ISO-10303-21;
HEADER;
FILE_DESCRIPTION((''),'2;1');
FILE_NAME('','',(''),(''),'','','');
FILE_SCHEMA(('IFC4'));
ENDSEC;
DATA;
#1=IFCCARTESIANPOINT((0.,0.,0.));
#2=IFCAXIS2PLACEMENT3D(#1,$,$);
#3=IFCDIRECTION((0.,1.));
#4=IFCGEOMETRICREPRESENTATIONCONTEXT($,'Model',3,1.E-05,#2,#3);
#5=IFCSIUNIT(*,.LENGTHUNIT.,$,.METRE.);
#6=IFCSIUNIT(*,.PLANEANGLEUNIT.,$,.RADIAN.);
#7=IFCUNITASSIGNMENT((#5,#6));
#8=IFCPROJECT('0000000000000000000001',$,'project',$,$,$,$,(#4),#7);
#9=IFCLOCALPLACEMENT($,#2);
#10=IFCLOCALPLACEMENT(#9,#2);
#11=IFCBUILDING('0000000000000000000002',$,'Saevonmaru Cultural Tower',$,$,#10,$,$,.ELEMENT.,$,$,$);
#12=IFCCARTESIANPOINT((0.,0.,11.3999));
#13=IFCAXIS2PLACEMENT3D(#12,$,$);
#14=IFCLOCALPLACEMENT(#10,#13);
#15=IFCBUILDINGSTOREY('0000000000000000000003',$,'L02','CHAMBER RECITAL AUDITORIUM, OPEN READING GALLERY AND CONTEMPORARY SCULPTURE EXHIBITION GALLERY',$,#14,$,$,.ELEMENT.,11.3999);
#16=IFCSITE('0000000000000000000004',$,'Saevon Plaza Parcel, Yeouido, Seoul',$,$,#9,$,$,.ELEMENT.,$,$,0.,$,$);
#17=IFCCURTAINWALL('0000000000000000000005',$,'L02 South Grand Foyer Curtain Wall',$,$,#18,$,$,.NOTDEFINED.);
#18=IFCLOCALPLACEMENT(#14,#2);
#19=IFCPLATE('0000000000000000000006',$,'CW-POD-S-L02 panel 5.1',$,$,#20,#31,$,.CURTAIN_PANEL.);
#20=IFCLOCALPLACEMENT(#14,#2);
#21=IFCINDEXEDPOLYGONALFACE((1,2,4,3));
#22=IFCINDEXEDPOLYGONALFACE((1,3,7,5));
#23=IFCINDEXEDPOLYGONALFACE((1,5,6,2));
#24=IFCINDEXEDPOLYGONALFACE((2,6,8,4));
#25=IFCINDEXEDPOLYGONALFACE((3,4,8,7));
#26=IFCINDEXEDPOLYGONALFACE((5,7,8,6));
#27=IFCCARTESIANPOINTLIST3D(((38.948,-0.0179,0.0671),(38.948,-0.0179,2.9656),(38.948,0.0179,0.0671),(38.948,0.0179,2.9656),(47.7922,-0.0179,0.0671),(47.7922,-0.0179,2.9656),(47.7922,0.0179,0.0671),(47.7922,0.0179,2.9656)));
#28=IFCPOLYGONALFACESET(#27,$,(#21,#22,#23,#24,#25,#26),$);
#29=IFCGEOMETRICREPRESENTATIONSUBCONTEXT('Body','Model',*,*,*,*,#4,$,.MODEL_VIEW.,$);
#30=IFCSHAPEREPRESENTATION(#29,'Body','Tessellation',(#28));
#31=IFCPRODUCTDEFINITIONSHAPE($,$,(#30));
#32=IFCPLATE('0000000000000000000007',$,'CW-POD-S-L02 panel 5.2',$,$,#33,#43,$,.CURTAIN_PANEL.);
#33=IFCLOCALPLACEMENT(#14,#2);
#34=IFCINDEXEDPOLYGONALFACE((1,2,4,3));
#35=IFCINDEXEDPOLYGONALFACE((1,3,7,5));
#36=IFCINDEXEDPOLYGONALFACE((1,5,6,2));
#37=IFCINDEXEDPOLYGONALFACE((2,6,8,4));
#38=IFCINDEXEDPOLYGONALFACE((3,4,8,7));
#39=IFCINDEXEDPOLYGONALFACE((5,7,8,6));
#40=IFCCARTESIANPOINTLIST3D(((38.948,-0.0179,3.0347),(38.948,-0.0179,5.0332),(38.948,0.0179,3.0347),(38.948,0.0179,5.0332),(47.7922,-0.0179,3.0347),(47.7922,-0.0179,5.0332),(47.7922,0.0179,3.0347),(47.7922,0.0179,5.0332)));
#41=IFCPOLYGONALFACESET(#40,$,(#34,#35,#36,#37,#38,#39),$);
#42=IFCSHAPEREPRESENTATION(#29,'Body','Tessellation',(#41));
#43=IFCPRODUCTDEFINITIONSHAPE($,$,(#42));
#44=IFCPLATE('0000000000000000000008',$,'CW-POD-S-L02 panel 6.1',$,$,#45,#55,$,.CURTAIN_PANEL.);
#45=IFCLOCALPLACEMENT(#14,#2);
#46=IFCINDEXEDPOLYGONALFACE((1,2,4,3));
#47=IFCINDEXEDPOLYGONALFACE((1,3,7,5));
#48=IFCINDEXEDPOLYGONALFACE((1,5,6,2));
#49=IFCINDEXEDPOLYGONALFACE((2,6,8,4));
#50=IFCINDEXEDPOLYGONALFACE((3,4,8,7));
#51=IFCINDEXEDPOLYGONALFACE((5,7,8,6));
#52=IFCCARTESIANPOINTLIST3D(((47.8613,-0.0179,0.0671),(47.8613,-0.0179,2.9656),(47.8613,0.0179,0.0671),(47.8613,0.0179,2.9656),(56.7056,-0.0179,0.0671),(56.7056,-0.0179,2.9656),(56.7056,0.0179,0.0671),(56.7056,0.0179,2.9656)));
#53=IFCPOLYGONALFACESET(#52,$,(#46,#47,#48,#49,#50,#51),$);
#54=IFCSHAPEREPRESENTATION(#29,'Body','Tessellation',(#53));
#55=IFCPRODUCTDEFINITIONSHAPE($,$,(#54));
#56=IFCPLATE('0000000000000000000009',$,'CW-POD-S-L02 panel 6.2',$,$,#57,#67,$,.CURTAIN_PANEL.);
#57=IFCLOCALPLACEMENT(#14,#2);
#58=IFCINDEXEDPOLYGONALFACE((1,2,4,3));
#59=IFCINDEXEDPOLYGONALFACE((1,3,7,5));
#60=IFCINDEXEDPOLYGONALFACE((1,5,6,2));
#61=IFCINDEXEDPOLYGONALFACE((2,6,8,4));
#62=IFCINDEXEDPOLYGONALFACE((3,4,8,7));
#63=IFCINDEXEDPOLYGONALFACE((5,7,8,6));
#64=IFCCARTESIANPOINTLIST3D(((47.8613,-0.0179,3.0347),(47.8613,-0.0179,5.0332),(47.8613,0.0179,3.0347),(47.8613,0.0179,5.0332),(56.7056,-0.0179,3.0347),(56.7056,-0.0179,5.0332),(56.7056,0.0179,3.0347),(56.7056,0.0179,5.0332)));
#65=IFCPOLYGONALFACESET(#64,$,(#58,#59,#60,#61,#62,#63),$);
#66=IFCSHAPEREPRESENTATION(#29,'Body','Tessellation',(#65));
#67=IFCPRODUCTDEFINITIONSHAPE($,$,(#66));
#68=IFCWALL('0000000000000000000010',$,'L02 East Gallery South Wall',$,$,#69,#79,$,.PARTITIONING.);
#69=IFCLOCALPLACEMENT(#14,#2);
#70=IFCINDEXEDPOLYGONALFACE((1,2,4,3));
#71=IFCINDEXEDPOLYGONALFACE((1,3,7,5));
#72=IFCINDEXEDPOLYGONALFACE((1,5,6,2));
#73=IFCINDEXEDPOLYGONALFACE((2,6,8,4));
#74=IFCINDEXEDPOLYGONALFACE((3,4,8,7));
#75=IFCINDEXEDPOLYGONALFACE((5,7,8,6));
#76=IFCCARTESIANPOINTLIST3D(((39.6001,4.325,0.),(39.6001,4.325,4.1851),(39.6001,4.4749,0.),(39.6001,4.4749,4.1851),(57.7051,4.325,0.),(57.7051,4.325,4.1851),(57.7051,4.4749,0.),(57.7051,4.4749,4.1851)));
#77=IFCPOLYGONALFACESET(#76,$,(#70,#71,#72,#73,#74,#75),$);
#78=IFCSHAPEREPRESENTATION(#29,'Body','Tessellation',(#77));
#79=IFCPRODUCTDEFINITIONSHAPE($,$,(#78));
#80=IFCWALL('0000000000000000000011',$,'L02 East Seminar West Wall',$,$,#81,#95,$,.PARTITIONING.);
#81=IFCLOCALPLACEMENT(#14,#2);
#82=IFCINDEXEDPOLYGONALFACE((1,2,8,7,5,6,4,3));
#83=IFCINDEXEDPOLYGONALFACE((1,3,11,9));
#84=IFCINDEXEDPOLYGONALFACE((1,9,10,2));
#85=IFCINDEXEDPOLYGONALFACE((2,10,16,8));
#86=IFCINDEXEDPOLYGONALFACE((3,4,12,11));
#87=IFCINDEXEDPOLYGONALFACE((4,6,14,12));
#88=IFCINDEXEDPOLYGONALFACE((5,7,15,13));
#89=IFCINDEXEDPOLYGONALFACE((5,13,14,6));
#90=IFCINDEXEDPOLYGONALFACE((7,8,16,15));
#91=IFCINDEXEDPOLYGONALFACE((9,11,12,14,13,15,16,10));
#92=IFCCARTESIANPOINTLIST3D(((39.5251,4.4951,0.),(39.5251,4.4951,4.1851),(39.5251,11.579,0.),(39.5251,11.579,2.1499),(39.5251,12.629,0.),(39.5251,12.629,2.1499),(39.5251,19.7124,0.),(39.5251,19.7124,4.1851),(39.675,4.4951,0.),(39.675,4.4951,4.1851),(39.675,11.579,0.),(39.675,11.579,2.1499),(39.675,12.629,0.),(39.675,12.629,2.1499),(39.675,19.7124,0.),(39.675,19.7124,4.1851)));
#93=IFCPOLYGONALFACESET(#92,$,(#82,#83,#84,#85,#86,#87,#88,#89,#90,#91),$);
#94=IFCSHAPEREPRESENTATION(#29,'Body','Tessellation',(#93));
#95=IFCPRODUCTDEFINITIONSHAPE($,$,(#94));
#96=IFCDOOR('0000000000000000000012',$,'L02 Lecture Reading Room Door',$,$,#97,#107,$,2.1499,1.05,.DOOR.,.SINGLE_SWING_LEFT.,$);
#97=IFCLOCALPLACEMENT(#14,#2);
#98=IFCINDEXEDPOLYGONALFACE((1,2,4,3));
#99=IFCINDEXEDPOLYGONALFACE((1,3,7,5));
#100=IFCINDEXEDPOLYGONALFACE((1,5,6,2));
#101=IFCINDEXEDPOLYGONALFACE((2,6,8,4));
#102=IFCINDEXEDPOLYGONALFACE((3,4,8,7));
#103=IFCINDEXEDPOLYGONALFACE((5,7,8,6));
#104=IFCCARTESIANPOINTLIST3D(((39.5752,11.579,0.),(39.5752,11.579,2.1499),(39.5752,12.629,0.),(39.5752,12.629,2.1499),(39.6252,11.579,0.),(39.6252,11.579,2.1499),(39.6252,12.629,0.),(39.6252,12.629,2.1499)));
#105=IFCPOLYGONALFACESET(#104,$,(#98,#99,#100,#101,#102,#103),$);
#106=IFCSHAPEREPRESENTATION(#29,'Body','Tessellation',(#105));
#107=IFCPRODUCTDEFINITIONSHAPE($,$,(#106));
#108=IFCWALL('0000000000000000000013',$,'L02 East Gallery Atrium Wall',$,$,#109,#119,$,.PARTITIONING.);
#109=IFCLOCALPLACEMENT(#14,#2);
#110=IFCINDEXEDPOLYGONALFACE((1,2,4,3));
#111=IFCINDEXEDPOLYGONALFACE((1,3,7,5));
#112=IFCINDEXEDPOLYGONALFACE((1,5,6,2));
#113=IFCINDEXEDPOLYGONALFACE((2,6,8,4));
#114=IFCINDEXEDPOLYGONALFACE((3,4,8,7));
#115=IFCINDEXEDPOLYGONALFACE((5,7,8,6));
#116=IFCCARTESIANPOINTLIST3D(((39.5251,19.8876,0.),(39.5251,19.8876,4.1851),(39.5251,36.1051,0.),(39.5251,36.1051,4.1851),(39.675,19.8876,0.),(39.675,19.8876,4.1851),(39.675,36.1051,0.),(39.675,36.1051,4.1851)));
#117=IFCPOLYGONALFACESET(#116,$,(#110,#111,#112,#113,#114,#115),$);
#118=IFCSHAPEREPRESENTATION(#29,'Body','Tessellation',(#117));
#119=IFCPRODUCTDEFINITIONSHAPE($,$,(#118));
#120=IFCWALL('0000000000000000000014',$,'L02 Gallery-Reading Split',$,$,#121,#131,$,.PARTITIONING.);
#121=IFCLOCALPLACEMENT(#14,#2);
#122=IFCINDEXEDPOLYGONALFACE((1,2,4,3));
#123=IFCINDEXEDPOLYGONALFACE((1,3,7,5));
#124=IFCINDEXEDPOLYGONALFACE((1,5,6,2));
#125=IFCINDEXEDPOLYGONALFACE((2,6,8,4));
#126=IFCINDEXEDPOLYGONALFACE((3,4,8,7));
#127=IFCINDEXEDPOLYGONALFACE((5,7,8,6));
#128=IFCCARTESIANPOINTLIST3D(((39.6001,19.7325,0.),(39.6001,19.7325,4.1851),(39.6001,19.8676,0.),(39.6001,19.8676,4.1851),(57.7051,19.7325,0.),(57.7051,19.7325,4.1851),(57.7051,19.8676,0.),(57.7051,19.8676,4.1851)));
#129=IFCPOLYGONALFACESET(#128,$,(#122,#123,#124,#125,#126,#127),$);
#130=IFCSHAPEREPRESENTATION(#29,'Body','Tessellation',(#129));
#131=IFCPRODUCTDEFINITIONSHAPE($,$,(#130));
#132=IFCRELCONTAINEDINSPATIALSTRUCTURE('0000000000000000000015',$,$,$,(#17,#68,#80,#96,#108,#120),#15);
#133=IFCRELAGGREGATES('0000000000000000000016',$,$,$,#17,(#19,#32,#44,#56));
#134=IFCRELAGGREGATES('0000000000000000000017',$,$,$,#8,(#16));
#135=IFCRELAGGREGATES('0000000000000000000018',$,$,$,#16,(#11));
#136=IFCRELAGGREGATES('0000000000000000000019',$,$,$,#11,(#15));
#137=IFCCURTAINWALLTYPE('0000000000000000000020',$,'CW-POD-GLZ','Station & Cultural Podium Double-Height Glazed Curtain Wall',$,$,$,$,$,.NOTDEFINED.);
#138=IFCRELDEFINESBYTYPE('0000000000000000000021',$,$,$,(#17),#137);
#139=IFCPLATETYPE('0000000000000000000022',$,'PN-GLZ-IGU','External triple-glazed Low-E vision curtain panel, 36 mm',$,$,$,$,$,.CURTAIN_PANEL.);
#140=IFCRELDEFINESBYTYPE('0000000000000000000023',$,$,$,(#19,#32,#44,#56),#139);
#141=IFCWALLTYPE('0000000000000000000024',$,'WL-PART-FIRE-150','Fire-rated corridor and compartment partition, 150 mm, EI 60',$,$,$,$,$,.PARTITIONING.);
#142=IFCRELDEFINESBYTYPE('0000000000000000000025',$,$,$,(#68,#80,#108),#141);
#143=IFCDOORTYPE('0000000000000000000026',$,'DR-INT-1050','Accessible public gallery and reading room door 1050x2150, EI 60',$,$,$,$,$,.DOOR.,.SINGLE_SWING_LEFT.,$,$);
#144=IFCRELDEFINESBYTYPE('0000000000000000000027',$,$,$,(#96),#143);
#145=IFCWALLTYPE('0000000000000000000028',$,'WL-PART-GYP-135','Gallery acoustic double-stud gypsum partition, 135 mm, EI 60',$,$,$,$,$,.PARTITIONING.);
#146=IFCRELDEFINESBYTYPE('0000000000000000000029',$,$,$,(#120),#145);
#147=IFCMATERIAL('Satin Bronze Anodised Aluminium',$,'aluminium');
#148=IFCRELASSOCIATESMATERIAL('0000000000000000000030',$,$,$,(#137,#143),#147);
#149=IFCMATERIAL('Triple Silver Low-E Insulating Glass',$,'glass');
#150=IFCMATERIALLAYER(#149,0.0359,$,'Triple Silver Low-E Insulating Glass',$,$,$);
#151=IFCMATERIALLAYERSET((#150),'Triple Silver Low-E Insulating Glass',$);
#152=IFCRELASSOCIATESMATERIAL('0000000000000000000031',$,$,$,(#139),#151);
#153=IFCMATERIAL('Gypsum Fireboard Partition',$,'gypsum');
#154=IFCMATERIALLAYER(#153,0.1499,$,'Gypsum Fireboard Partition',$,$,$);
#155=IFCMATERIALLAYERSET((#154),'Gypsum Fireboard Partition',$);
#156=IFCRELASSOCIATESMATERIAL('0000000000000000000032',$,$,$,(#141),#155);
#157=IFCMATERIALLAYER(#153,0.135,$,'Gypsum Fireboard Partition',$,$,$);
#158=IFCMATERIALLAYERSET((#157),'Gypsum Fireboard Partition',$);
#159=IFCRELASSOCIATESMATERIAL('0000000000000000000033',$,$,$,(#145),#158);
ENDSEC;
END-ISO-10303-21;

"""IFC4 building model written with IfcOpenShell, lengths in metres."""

from ifc_helpers import new_model, si_unit, direction, frame, frame_2d, origin, origin_2d, place, context, subcontext, project, spatial, rectangle, extrude, material, layer, layer_set, type_object, element, fill, aggregate, save


model = new_model("IFC4")

# Units and contexts
model_context = context("Model", 3, precision=1e-05, world=origin(), true_north=direction((0.0, 1.0)))
body_context = subcontext(model_context, "Body", "Model", "MODEL_VIEW")
ifc_project = project(units=[si_unit("LENGTHUNIT", "METRE"), si_unit("PLANEANGLEUNIT", "RADIAN")], contexts=[model_context])

# Site, building, storey
site_placement = place(None, origin())
site = spatial("IfcSite", under=ifc_project, at=site_placement, Name="Saevon Plaza Parcel, Yeouido, Seoul", CompositionType="ELEMENT", RefElevation=0.0)
building_placement = place(site_placement, origin())
building = spatial("IfcBuilding", under=site, at=building_placement, Name="Saevonmaru Cultural Tower", CompositionType="ELEMENT")
storey_placement = place(building_placement, frame((0.0, 0.0, 11.3999)))
storey = spatial("IfcBuildingStorey", under=building, at=storey_placement, Name="L02", Description="CHAMBER RECITAL AUDITORIUM, OPEN READING GALLERY AND CONTEMPORARY SCULPTURE EXHIBITION GALLERY", CompositionType="ELEMENT", Elevation=11.3999)

# Curtain wall, plates
ifc_material_1 = material(Name="Satin Bronze Anodised Aluminium", Category="aluminium")
curtain_wall_type = type_object("IfcCurtainWallType", Name="CW-POD-GLZ", Description="Station & Cultural Podium Double-Height Glazed Curtain Wall", PredefinedType="NOTDEFINED", material=ifc_material_1)
curtain_wall_placement = place(storey_placement, origin())
curtain_wall = element("IfcCurtainWall", 1, at=curtain_wall_placement, inside=storey, type_object=curtain_wall_type, Name="L02 South Grand Foyer Curtain Wall", PredefinedType="NOTDEFINED")
ifc_material_2 = material(Name="Triple Silver Low-E Insulating Glass", Category="glass")
ifc_layer_1 = layer(ifc_material_2, 0.0359, Name="Triple Silver Low-E Insulating Glass")
ifc_layer_set_1 = layer_set([ifc_layer_1], Name="Triple Silver Low-E Insulating Glass")
plate_type = type_object("IfcPlateType", Name="PN-GLZ-IGU", Description="External triple-glazed Low-E vision curtain panel, 36 mm", PredefinedType="CURTAIN_PANEL", material=ifc_layer_set_1)
plate_1_placement = place(storey_placement, frame((43.3701, 0.0, 0.0671), z_axis=(0.0, 0.0, 1.0), x_axis=(1.0, 0.0, 0.0)))
plate_1 = element("IfcPlate", 2, at=plate_1_placement, type_object=plate_type, Name="CW-POD-S-L02 panel 5.1", PredefinedType="CURTAIN_PANEL", context=body_context, shape_type="SweptSolid", body=[
    extrude(rectangle(XDim=8.8442, YDim=0.0359, at=origin_2d()), origin(), (0.0, 0.0, 1.0), 2.8984),
])
plate_2_placement = place(storey_placement, frame((43.3701, 0.0, 3.0347), z_axis=(0.0, 0.0, 1.0), x_axis=(1.0, 0.0, 0.0)))
plate_2 = element("IfcPlate", 3, at=plate_2_placement, type_object=plate_type, Name="CW-POD-S-L02 panel 5.2", PredefinedType="CURTAIN_PANEL", context=body_context, shape_type="SweptSolid", body=[
    extrude(rectangle(XDim=8.8442, YDim=0.0359, at=origin_2d()), origin(), (0.0, 0.0, 1.0), 1.9985),
])
plate_3_placement = place(storey_placement, frame((52.2834, 0.0, 0.0671), z_axis=(0.0, 0.0, 1.0), x_axis=(1.0, 0.0, 0.0)))
plate_3 = element("IfcPlate", 4, at=plate_3_placement, type_object=plate_type, Name="CW-POD-S-L02 panel 6.1", PredefinedType="CURTAIN_PANEL", context=body_context, shape_type="SweptSolid", body=[
    extrude(rectangle(XDim=8.8442, YDim=0.0359, at=origin_2d()), origin(), (0.0, 0.0, 1.0), 2.8984),
])
plate_4_placement = place(storey_placement, frame((52.2834, 0.0, 3.0347), z_axis=(0.0, 0.0, 1.0), x_axis=(1.0, 0.0, 0.0)))
plate_4 = element("IfcPlate", 5, at=plate_4_placement, type_object=plate_type, Name="CW-POD-S-L02 panel 6.2", PredefinedType="CURTAIN_PANEL", context=body_context, shape_type="SweptSolid", body=[
    extrude(rectangle(XDim=8.8442, YDim=0.0359, at=origin_2d()), origin(), (0.0, 0.0, 1.0), 1.9985),
])
aggregate(curtain_wall, [plate_1, plate_2, plate_3, plate_4])

# Wall
ifc_material_3 = material(Name="Gypsum Fireboard Partition", Category="gypsum")
ifc_layer_2 = layer(ifc_material_3, 0.1499, Name="Gypsum Fireboard Partition")
ifc_layer_set_2 = layer_set([ifc_layer_2], Name="Gypsum Fireboard Partition")
wall_type_1 = type_object("IfcWallType", Name="WL-PART-FIRE-150", Description="Fire-rated corridor and compartment partition, 150 mm, EI 60", PredefinedType="PARTITIONING", material=ifc_layer_set_2)
wall_1_placement = place(storey_placement, frame((39.6001, 4.3999, 0.0), z_axis=(0.0, 0.0, 1.0), x_axis=(1.0, 0.0, 0.0)))
element("IfcWall", 6, at=wall_1_placement, inside=storey, type_object=wall_type_1, Name="L02 East Gallery South Wall", PredefinedType="PARTITIONING", context=body_context, shape_type="SweptSolid", body=[
    extrude(rectangle(XDim=18.105, YDim=0.1499, at=frame_2d((9.0525, 0.0))), origin(), (0.0, 0.0, 1.0), 4.1851),
])

# Wall, opening, door
wall_2_placement = place(storey_placement, frame((39.6001, 4.4951, 0.0), z_axis=(0.0, 0.0, 1.0), x_axis=(0.0, 1.0, 0.0)))
wall_2 = element("IfcWall", 7, at=wall_2_placement, inside=storey, type_object=wall_type_1, Name="L02 East Seminar West Wall", PredefinedType="PARTITIONING", context=body_context, shape_type="SweptSolid", body=[
    extrude(rectangle(XDim=15.2173, YDim=0.1499, at=frame_2d((7.6086, 0.0))), origin(), (0.0, 0.0, 1.0), 4.1851),
])
opening_placement = place(wall_2_placement, frame((7.084, 0.0, 0.0)))
opening = element("IfcOpeningElement", 8, at=opening_placement, cuts=wall_2, PredefinedType="OPENING", context=body_context, shape_type="SweptSolid", body=[
    extrude(rectangle(XDim=1.05, YDim=2.1499, at=frame_2d((0.5249, 1.075))), frame((0.0, 0.085, 0.0), z_axis=(0.0, -1.0, 0.0), x_axis=(1.0, 0.0, 0.0)), (0.0, 0.0, 1.0), 0.1699),
])
door_type = type_object("IfcDoorType", Name="DR-INT-1050", Description="Accessible public gallery and reading room door 1050x2150, EI 60", OperationType="SINGLE_SWING_LEFT", PredefinedType="DOOR", material=ifc_material_1)
door_placement = place(opening_placement, origin())
door = element("IfcDoor", 9, at=door_placement, inside=storey, type_object=door_type, Name="L02 Lecture Reading Room Door", OperationType="SINGLE_SWING_LEFT", OverallHeight=2.1499, OverallWidth=1.05, PredefinedType="DOOR", context=body_context, shape_type="SweptSolid", body=[
    extrude(rectangle(XDim=1.05, YDim=2.1499, at=frame_2d((0.5249, 1.075))), frame((0.0, 0.0249, 0.0), z_axis=(0.0, -1.0, 0.0), x_axis=(1.0, 0.0, 0.0)), (0.0, 0.0, 1.0), 0.05),
])
fill(opening, door)

# Walls
wall_3_placement = place(storey_placement, frame((39.6001, 19.8875, 0.0), z_axis=(0.0, 0.0, 1.0), x_axis=(0.0, 1.0, 0.0)))
element("IfcWall", 10, at=wall_3_placement, inside=storey, type_object=wall_type_1, Name="L02 East Gallery Atrium Wall", PredefinedType="PARTITIONING", context=body_context, shape_type="SweptSolid", body=[
    extrude(rectangle(XDim=16.2175, YDim=0.1499, at=frame_2d((8.1089, 0.0))), origin(), (0.0, 0.0, 1.0), 4.1851),
])
ifc_layer_3 = layer(ifc_material_3, 0.135, Name="Gypsum Fireboard Partition")
ifc_layer_set_3 = layer_set([ifc_layer_3], Name="Gypsum Fireboard Partition")
wall_type_2 = type_object("IfcWallType", Name="WL-PART-GYP-135", Description="Gallery acoustic double-stud gypsum partition, 135 mm, EI 60", PredefinedType="PARTITIONING", material=ifc_layer_set_3)
wall_4_placement = place(storey_placement, frame((39.6001, 19.8, 0.0), z_axis=(0.0, 0.0, 1.0), x_axis=(1.0, 0.0, 0.0)))
element("IfcWall", 11, at=wall_4_placement, inside=storey, type_object=wall_type_2, Name="L02 Gallery-Reading Split", PredefinedType="PARTITIONING", context=body_context, shape_type="SweptSolid", body=[
    extrude(rectangle(XDim=18.105, YDim=0.135, at=frame_2d((9.0525, 0.0))), origin(), (0.0, 0.0, 1.0), 4.1851),
])

save(model, "model.ifc")
